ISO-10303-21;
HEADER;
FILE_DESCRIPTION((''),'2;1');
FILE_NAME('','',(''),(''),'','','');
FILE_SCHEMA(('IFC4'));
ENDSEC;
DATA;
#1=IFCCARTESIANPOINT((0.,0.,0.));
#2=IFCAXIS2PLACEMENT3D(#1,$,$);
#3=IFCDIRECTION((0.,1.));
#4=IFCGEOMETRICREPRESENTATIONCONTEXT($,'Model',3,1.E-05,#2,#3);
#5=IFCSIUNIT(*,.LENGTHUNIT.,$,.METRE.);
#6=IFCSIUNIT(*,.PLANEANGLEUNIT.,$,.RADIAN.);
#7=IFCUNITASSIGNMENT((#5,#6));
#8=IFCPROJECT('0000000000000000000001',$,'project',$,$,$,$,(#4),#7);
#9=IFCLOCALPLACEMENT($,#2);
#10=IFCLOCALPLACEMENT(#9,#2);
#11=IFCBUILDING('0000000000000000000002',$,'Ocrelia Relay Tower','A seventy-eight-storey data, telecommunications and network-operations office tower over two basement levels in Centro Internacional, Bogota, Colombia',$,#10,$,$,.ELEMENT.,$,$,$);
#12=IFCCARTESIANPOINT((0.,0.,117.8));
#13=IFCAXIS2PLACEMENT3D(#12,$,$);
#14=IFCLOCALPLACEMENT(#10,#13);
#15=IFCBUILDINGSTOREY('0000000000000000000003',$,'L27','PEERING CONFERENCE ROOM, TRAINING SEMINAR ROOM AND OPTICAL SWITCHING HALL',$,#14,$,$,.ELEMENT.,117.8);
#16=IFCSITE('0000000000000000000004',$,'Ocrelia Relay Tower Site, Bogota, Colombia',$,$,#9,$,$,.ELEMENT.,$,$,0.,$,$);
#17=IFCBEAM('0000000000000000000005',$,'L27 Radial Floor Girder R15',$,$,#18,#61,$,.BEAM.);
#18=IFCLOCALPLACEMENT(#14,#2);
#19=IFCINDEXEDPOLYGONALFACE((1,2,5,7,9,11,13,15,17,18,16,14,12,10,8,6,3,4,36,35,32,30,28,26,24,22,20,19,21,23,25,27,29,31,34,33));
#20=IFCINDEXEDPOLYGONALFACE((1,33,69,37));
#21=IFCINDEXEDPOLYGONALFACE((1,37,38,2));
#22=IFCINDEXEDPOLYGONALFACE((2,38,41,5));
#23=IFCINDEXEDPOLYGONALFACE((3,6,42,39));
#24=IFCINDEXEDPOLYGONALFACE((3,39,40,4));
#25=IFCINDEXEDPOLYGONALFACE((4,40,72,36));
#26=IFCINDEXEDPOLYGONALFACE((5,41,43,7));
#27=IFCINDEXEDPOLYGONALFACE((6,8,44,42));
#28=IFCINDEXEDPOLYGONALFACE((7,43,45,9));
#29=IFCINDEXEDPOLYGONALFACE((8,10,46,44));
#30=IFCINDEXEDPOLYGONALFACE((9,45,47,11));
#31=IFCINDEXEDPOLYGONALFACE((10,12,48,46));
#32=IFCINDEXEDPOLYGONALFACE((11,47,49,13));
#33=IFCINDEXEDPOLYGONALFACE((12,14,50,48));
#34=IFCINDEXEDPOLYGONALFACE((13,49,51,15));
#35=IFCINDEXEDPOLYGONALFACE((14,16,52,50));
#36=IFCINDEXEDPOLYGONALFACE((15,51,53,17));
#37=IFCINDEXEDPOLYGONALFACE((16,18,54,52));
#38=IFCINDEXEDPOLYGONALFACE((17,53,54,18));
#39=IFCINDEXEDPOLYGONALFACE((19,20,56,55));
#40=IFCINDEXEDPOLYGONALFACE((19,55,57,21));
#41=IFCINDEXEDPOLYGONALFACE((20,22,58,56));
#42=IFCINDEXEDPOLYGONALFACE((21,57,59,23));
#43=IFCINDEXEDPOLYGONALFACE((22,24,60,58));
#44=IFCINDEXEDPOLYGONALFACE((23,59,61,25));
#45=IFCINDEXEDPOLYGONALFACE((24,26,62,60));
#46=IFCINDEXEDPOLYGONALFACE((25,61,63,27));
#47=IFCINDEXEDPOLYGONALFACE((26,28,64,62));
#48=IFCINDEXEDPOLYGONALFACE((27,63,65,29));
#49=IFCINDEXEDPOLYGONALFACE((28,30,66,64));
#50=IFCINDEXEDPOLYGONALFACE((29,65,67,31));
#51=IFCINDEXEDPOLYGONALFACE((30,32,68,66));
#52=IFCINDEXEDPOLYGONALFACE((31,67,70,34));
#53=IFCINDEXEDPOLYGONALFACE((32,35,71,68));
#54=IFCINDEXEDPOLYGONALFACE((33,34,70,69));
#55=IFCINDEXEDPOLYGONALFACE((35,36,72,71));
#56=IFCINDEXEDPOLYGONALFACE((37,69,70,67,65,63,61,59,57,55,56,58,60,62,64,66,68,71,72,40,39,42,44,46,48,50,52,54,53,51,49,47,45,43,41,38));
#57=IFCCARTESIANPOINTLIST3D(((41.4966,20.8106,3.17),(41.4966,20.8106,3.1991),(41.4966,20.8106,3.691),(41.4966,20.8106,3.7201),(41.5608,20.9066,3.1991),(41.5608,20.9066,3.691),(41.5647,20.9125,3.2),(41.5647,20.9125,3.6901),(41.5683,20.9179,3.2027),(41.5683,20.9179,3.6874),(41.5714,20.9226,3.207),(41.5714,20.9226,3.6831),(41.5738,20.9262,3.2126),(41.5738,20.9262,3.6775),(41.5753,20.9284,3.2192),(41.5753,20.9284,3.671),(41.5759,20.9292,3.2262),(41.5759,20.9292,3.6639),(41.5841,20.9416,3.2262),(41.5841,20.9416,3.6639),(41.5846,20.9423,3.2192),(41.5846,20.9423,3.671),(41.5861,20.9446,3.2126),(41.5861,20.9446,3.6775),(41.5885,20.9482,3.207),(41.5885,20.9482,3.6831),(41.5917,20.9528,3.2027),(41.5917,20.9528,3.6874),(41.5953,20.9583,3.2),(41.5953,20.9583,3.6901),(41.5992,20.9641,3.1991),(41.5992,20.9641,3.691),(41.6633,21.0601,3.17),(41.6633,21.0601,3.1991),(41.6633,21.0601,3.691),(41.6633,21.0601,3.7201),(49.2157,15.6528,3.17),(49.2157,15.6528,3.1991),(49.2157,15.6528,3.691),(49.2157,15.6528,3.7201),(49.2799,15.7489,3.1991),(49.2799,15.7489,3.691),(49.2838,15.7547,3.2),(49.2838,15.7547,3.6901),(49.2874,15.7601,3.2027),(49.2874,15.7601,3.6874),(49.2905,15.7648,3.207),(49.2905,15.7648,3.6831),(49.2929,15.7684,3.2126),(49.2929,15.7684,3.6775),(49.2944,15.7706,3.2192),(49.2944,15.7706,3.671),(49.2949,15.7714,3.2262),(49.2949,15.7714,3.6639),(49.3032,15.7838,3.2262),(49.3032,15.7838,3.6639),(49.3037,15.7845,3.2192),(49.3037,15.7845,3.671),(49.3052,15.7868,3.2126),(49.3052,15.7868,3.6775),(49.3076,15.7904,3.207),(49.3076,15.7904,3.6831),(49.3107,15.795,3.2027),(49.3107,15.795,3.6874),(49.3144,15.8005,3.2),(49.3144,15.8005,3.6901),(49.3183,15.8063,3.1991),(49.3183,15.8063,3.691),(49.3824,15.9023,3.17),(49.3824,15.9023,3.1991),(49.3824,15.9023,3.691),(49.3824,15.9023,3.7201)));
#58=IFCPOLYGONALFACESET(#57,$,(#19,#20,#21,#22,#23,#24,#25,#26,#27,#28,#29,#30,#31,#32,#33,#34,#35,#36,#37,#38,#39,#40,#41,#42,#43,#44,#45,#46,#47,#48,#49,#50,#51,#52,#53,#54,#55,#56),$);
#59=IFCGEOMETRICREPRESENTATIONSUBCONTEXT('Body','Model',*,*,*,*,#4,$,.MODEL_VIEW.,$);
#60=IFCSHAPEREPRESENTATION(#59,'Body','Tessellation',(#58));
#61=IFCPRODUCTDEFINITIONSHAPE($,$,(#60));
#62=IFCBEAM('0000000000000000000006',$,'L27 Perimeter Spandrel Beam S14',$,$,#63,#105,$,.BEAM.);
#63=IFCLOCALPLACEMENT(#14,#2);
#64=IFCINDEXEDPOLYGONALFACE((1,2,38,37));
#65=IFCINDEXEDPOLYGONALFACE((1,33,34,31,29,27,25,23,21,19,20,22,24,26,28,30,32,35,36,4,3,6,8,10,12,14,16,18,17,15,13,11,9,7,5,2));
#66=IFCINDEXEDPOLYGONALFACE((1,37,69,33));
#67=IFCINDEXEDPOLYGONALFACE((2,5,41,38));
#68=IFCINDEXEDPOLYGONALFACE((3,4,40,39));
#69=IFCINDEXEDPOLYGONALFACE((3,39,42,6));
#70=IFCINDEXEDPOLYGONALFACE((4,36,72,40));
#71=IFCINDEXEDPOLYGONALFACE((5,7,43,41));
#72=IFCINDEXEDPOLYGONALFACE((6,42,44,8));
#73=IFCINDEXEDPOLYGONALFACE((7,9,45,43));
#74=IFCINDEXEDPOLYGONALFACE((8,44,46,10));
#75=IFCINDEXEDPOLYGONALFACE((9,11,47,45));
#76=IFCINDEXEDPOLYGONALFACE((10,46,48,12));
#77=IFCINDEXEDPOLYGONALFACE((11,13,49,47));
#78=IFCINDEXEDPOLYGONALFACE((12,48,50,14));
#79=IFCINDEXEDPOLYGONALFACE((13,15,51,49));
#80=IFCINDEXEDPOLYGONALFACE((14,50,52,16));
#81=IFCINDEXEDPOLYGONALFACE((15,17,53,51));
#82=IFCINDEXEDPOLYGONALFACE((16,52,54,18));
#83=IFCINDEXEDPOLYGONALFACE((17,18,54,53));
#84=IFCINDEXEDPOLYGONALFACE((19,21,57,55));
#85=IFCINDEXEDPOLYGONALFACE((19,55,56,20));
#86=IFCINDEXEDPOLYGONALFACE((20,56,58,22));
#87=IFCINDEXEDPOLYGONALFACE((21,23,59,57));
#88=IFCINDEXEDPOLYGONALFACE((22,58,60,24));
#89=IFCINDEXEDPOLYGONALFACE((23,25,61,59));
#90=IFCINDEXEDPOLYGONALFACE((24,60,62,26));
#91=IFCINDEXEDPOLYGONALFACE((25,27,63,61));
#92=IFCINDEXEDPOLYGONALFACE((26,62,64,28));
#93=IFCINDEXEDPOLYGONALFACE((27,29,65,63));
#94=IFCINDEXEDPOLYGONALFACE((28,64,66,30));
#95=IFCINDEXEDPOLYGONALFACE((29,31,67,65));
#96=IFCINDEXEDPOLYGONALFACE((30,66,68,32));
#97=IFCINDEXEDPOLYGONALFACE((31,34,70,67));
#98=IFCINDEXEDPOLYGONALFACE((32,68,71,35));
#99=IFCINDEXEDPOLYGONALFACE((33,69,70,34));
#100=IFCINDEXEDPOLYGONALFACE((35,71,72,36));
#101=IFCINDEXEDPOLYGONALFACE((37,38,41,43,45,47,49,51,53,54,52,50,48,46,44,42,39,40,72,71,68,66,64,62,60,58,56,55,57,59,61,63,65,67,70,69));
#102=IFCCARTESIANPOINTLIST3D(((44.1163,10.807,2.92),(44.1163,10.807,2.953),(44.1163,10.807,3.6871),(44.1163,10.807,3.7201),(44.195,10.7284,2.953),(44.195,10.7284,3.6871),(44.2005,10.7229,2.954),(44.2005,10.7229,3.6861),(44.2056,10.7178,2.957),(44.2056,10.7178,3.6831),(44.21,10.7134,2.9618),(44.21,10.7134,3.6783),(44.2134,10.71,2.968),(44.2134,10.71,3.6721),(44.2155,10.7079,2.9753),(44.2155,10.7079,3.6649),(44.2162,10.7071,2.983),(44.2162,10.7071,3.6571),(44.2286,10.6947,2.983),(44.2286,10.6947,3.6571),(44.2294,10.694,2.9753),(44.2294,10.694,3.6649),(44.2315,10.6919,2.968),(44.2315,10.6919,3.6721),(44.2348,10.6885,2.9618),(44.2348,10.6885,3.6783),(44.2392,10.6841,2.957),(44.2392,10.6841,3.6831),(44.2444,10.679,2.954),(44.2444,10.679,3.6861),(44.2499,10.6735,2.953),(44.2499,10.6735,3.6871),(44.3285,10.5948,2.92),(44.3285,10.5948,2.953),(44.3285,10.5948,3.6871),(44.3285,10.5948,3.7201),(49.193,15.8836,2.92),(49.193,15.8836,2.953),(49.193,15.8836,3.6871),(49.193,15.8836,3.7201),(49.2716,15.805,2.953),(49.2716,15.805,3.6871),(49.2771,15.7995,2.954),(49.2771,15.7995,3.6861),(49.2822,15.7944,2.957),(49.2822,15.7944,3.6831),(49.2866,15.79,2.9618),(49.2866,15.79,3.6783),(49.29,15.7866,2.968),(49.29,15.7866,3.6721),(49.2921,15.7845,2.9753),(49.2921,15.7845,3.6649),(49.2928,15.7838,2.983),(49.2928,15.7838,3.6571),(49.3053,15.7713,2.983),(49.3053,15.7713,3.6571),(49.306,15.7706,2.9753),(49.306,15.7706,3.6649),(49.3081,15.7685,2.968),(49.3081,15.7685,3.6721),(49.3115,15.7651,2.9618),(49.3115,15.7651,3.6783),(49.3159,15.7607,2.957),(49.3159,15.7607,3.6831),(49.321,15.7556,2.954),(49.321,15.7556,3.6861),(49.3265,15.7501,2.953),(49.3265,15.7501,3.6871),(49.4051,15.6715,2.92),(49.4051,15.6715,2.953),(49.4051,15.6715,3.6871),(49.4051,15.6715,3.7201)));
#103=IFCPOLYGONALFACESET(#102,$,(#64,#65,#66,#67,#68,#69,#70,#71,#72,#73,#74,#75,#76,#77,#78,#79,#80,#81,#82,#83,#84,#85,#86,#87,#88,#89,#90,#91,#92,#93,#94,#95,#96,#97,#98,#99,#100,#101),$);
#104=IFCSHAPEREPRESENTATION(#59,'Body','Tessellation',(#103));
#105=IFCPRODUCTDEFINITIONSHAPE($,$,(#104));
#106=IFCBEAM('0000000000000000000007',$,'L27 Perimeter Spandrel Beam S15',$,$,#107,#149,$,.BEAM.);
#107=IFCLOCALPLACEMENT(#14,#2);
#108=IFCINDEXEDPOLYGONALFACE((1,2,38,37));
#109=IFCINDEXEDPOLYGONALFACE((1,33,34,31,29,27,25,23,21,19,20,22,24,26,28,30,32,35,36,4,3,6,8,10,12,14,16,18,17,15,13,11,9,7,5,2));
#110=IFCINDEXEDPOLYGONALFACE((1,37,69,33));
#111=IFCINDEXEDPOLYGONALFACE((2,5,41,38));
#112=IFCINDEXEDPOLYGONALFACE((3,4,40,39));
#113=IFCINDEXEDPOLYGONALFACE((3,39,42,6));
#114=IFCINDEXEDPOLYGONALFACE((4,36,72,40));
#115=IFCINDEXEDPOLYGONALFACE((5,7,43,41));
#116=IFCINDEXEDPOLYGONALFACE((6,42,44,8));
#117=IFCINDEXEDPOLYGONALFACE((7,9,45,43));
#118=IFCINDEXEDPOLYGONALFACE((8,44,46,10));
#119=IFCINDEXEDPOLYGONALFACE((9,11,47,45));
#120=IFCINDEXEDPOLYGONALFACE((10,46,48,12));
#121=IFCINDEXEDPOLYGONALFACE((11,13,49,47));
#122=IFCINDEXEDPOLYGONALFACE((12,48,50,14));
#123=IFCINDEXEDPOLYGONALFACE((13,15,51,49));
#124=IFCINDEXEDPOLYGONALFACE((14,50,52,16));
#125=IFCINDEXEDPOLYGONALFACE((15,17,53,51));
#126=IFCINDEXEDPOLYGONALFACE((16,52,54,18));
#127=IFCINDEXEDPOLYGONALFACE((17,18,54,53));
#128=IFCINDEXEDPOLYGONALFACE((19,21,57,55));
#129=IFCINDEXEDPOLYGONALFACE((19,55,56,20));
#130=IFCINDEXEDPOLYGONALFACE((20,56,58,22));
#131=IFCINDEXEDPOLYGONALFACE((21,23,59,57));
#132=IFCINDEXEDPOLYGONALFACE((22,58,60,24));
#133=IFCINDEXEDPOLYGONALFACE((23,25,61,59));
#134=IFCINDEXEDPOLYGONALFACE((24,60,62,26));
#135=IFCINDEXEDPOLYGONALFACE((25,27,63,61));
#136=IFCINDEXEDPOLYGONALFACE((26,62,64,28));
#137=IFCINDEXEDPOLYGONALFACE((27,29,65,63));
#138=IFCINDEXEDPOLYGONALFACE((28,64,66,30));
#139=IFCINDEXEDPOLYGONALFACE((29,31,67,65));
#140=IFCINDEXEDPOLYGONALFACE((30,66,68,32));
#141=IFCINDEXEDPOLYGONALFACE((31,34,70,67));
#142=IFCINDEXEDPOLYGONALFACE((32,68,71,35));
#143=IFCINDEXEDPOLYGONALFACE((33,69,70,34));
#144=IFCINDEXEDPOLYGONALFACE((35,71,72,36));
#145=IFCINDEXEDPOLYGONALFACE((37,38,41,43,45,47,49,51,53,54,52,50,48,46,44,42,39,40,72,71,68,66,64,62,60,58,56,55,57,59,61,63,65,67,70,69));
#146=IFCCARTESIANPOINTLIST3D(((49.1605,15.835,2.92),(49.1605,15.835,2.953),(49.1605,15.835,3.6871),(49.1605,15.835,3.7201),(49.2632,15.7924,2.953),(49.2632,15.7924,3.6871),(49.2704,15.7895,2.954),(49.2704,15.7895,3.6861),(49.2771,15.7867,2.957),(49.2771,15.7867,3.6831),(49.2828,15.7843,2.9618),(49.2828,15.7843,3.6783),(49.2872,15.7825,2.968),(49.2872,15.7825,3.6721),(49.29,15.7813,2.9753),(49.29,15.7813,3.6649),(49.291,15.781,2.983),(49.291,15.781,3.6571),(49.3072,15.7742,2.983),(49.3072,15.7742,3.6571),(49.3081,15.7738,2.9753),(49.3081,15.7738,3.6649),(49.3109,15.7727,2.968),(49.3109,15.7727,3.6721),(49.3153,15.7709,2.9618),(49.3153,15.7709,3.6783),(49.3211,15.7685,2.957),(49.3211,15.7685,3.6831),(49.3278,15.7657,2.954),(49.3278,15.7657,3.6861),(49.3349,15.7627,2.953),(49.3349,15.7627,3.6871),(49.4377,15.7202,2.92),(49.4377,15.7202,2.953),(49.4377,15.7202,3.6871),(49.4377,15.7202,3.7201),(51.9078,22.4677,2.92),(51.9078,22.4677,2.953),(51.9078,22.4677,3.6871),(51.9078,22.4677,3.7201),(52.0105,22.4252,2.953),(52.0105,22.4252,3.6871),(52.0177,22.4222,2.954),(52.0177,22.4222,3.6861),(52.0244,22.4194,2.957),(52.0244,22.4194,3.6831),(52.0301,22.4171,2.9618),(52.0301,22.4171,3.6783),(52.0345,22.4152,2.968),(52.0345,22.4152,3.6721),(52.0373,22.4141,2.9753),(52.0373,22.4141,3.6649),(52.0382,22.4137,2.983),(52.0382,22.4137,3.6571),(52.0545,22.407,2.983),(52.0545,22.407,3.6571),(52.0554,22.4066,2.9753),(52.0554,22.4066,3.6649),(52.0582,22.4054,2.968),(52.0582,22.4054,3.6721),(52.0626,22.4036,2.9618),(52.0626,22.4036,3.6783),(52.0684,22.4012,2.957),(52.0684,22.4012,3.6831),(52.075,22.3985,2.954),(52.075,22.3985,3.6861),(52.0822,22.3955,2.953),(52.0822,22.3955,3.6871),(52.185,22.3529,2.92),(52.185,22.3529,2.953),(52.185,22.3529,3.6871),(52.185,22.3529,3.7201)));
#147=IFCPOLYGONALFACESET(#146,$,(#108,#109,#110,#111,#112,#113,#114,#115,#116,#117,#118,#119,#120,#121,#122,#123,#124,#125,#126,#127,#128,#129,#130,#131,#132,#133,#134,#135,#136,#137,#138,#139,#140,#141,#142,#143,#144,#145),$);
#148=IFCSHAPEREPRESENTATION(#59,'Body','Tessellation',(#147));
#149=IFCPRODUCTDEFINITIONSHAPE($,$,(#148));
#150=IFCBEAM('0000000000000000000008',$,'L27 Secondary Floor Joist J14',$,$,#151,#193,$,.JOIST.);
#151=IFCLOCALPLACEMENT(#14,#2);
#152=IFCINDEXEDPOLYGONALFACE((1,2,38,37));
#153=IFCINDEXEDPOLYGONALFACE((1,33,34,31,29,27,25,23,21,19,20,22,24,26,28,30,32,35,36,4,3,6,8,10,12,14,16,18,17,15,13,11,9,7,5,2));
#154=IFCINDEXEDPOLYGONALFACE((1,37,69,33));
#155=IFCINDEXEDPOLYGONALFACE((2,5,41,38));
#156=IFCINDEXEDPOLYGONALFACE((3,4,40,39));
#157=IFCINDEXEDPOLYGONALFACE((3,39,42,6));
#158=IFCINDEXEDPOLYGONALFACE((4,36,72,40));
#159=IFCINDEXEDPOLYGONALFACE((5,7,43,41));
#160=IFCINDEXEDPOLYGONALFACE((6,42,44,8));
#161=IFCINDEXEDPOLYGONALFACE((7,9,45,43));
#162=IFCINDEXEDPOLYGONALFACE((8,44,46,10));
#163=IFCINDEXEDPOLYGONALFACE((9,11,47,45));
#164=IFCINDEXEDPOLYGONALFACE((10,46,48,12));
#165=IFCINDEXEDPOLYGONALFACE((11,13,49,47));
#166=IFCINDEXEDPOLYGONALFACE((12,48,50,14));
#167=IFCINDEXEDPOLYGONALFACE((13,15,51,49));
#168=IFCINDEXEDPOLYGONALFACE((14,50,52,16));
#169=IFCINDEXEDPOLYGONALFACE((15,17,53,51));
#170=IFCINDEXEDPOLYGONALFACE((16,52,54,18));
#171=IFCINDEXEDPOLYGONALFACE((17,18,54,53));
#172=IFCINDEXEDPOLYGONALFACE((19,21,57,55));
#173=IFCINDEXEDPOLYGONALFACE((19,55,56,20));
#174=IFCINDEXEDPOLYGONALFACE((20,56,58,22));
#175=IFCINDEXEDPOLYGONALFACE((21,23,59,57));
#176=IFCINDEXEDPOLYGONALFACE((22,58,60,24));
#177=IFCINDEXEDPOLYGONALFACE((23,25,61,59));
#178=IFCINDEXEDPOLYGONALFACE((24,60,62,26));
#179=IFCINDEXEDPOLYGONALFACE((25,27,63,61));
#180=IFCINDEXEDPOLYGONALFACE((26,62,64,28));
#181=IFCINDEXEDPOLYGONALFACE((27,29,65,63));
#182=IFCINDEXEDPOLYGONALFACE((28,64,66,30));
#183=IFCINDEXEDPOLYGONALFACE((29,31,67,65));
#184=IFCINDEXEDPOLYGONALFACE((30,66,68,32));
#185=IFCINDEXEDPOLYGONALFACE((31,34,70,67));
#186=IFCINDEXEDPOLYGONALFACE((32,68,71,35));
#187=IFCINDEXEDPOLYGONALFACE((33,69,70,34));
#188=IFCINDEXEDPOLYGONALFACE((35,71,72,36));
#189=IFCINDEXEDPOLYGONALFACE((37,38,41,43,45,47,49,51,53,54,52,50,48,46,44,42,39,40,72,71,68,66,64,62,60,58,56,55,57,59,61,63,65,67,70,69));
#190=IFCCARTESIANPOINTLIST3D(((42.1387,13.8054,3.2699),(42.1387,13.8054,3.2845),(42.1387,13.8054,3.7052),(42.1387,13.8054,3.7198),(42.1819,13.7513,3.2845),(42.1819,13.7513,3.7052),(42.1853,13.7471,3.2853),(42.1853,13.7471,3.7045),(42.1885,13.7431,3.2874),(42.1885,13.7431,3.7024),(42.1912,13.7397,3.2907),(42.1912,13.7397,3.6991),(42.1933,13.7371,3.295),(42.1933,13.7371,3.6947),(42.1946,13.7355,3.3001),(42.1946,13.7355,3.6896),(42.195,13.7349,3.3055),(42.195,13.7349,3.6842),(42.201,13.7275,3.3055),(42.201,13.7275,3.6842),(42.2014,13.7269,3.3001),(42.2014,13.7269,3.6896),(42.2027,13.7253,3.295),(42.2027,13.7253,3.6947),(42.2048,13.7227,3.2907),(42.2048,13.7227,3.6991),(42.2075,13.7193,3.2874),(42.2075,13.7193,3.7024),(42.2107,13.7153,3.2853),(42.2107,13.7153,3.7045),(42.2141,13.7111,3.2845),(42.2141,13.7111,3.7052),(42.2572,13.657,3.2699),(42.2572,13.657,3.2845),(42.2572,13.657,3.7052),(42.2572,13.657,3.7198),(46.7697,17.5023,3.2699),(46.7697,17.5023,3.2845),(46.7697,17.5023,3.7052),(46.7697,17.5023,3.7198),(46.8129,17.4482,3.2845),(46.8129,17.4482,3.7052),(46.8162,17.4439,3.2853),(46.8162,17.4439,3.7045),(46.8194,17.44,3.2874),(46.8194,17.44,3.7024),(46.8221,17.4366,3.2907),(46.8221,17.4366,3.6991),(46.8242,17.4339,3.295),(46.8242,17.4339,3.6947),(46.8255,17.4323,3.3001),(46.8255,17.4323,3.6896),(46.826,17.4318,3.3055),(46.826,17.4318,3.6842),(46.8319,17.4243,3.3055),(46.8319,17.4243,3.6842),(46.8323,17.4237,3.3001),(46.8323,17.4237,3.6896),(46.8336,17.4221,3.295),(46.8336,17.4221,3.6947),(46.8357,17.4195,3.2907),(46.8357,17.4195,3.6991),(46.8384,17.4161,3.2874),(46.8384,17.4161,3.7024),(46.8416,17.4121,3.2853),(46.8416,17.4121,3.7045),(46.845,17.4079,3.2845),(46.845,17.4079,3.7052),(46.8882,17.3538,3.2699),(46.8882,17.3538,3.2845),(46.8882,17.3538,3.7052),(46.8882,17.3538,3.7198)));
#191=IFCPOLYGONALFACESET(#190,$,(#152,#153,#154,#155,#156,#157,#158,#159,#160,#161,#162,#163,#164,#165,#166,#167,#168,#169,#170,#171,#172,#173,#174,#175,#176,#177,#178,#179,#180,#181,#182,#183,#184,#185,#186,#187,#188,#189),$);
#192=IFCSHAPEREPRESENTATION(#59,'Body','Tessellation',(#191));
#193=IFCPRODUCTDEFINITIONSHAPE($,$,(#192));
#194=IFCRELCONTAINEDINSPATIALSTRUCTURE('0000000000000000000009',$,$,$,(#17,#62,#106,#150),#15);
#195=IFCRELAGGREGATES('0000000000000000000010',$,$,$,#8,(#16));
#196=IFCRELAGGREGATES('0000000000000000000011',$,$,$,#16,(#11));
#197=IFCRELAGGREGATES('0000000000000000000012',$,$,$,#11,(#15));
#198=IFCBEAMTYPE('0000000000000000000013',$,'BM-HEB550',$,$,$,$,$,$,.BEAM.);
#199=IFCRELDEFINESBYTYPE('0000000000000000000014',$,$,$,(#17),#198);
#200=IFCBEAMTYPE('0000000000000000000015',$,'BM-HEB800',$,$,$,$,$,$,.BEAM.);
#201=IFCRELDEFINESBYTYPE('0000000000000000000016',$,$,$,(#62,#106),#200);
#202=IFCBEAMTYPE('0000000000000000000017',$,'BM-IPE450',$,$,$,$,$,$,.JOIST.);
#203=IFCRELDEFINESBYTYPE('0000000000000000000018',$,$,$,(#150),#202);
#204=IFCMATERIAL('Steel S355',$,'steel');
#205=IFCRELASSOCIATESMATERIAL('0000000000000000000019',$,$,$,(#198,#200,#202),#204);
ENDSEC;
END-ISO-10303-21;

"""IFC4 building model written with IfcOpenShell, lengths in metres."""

from ifc_helpers import new_model, si_unit, direction, frame, origin, origin_2d, place, context, subcontext, project, spatial, i_section, extrude, material, material_profile, profile_set, type_object, element, save


model = new_model("IFC4")

# Units and contexts
model_context = context("Model", 3, precision=1e-05, world=origin(), true_north=direction((0.0, 1.0)))
body_context = subcontext(model_context, "Body", "Model", "MODEL_VIEW")
ifc_project = project(units=[si_unit("LENGTHUNIT", "METRE"), si_unit("PLANEANGLEUNIT", "RADIAN")], contexts=[model_context])

# Site, building, storey
site_placement = place(None, origin())
site = spatial("IfcSite", under=ifc_project, at=site_placement, Name="Ocrelia Relay Tower Site, Bogota, Colombia", CompositionType="ELEMENT", RefElevation=0.0)
building_placement = place(site_placement, origin())
building = spatial("IfcBuilding", under=site, at=building_placement, Name="Ocrelia Relay Tower", Description="A seventy-eight-storey data, telecommunications and network-operations office tower over two basement levels in Centro Internacional, Bogota, Colombia", CompositionType="ELEMENT")
storey_placement = place(building_placement, frame((0.0, 0.0, 117.8)))
storey = spatial("IfcBuildingStorey", under=building, at=storey_placement, Name="L27", Description="PEERING CONFERENCE ROOM, TRAINING SEMINAR ROOM AND OPTICAL SWITCHING HALL", CompositionType="ELEMENT", Elevation=117.8)

# Beams
ifc_material_1 = material(Name="Steel S355", Category="steel")
ifc_material_profile_1 = material_profile(ifc_material_1, i_section(OverallWidth=0.3, OverallDepth=0.55, WebThickness=0.0149, FlangeThickness=0.0291, FilletRadius=0.0271, at=origin_2d()), Name="HEB 550")
ifc_profile_set_1 = profile_set([ifc_material_profile_1], Name="Steel S355")
beam_type_1 = type_object("IfcBeamType", Name="BM-HEB550", PredefinedType="BEAM", material=ifc_profile_set_1)
beam_1_placement = place(storey_placement, frame((49.2991, 15.7776, 3.4451), z_axis=(-0.831467, 0.555574, 0.0), x_axis=(-0.555574, -0.831467, 0.0)))
element("IfcBeam", 1, at=beam_1_placement, inside=storey, type_object=beam_type_1, Name="L27 Radial Floor Girder R15", PredefinedType="BEAM", context=body_context, shape_type="SweptSolid", body=[
    extrude(i_section(OverallWidth=0.3, OverallDepth=0.55, WebThickness=0.0149, FlangeThickness=0.0291, FilletRadius=0.0271, at=origin_2d()), origin(), (0.0, 0.0, 1.0), 9.2837),
])
ifc_material_profile_2 = material_profile(ifc_material_1, i_section(OverallWidth=0.3, OverallDepth=0.8, WebThickness=0.0176, FlangeThickness=0.033, FilletRadius=0.03, at=origin_2d()), Name="HEB 800")
ifc_profile_set_2 = profile_set([ifc_material_profile_2], Name="Steel S355")
beam_type_2 = type_object("IfcBeamType", Name="BM-HEB800", PredefinedType="BEAM", material=ifc_profile_set_2)
beam_2_placement = place(storey_placement, frame((44.2224, 10.7009, 3.3201), z_axis=(0.707107, 0.707107, 0.0), x_axis=(-0.707107, 0.707107, 0.0)))
element("IfcBeam", 2, at=beam_2_placement, inside=storey, type_object=beam_type_2, Name="L27 Perimeter Spandrel Beam S14", PredefinedType="BEAM", context=body_context, shape_type="SweptSolid", body=[
    extrude(i_section(OverallWidth=0.3, OverallDepth=0.8, WebThickness=0.0176, FlangeThickness=0.033, FilletRadius=0.03, at=origin_2d()), origin(), (0.0, 0.0, 1.0), 7.1794),
])
beam_3_placement = place(storey_placement, frame((49.2991, 15.7776, 3.3201), z_axis=(0.382673, 0.923884, 0.0), x_axis=(-0.923884, 0.382673, 0.0)))
element("IfcBeam", 3, at=beam_3_placement, inside=storey, type_object=beam_type_2, Name="L27 Perimeter Spandrel Beam S15", PredefinedType="BEAM", context=body_context, shape_type="SweptSolid", body=[
    extrude(i_section(OverallWidth=0.3, OverallDepth=0.8, WebThickness=0.0176, FlangeThickness=0.033, FilletRadius=0.03, at=origin_2d()), origin(), (0.0, 0.0, 1.0), 7.1792),
])
ifc_material_profile_3 = material_profile(ifc_material_1, i_section(OverallWidth=0.1899, OverallDepth=0.45, WebThickness=0.0095, FlangeThickness=0.0146, FilletRadius=0.021, at=origin_2d()), Name="IPE 450")
ifc_profile_set_3 = profile_set([ifc_material_profile_3], Name="Steel S355")
beam_type_3 = type_object("IfcBeamType", Name="BM-IPE450", PredefinedType="JOIST", material=ifc_profile_set_3)
beam_4_placement = place(storey_placement, frame((42.198, 13.7312, 3.4949), z_axis=(0.78152, 0.623881, 0.0), x_axis=(-0.623881, 0.78152, 0.0)))
element("IfcBeam", 4, at=beam_4_placement, inside=storey, type_object=beam_type_3, Name="L27 Secondary Floor Joist J14", PredefinedType="JOIST", context=body_context, shape_type="SweptSolid", body=[
    extrude(i_section(OverallWidth=0.1899, OverallDepth=0.45, WebThickness=0.0095, FlangeThickness=0.0146, FilletRadius=0.021, at=origin_2d()), origin(), (0.0, 0.0, 1.0), 5.9255),
])

save(model, "model.ifc")
